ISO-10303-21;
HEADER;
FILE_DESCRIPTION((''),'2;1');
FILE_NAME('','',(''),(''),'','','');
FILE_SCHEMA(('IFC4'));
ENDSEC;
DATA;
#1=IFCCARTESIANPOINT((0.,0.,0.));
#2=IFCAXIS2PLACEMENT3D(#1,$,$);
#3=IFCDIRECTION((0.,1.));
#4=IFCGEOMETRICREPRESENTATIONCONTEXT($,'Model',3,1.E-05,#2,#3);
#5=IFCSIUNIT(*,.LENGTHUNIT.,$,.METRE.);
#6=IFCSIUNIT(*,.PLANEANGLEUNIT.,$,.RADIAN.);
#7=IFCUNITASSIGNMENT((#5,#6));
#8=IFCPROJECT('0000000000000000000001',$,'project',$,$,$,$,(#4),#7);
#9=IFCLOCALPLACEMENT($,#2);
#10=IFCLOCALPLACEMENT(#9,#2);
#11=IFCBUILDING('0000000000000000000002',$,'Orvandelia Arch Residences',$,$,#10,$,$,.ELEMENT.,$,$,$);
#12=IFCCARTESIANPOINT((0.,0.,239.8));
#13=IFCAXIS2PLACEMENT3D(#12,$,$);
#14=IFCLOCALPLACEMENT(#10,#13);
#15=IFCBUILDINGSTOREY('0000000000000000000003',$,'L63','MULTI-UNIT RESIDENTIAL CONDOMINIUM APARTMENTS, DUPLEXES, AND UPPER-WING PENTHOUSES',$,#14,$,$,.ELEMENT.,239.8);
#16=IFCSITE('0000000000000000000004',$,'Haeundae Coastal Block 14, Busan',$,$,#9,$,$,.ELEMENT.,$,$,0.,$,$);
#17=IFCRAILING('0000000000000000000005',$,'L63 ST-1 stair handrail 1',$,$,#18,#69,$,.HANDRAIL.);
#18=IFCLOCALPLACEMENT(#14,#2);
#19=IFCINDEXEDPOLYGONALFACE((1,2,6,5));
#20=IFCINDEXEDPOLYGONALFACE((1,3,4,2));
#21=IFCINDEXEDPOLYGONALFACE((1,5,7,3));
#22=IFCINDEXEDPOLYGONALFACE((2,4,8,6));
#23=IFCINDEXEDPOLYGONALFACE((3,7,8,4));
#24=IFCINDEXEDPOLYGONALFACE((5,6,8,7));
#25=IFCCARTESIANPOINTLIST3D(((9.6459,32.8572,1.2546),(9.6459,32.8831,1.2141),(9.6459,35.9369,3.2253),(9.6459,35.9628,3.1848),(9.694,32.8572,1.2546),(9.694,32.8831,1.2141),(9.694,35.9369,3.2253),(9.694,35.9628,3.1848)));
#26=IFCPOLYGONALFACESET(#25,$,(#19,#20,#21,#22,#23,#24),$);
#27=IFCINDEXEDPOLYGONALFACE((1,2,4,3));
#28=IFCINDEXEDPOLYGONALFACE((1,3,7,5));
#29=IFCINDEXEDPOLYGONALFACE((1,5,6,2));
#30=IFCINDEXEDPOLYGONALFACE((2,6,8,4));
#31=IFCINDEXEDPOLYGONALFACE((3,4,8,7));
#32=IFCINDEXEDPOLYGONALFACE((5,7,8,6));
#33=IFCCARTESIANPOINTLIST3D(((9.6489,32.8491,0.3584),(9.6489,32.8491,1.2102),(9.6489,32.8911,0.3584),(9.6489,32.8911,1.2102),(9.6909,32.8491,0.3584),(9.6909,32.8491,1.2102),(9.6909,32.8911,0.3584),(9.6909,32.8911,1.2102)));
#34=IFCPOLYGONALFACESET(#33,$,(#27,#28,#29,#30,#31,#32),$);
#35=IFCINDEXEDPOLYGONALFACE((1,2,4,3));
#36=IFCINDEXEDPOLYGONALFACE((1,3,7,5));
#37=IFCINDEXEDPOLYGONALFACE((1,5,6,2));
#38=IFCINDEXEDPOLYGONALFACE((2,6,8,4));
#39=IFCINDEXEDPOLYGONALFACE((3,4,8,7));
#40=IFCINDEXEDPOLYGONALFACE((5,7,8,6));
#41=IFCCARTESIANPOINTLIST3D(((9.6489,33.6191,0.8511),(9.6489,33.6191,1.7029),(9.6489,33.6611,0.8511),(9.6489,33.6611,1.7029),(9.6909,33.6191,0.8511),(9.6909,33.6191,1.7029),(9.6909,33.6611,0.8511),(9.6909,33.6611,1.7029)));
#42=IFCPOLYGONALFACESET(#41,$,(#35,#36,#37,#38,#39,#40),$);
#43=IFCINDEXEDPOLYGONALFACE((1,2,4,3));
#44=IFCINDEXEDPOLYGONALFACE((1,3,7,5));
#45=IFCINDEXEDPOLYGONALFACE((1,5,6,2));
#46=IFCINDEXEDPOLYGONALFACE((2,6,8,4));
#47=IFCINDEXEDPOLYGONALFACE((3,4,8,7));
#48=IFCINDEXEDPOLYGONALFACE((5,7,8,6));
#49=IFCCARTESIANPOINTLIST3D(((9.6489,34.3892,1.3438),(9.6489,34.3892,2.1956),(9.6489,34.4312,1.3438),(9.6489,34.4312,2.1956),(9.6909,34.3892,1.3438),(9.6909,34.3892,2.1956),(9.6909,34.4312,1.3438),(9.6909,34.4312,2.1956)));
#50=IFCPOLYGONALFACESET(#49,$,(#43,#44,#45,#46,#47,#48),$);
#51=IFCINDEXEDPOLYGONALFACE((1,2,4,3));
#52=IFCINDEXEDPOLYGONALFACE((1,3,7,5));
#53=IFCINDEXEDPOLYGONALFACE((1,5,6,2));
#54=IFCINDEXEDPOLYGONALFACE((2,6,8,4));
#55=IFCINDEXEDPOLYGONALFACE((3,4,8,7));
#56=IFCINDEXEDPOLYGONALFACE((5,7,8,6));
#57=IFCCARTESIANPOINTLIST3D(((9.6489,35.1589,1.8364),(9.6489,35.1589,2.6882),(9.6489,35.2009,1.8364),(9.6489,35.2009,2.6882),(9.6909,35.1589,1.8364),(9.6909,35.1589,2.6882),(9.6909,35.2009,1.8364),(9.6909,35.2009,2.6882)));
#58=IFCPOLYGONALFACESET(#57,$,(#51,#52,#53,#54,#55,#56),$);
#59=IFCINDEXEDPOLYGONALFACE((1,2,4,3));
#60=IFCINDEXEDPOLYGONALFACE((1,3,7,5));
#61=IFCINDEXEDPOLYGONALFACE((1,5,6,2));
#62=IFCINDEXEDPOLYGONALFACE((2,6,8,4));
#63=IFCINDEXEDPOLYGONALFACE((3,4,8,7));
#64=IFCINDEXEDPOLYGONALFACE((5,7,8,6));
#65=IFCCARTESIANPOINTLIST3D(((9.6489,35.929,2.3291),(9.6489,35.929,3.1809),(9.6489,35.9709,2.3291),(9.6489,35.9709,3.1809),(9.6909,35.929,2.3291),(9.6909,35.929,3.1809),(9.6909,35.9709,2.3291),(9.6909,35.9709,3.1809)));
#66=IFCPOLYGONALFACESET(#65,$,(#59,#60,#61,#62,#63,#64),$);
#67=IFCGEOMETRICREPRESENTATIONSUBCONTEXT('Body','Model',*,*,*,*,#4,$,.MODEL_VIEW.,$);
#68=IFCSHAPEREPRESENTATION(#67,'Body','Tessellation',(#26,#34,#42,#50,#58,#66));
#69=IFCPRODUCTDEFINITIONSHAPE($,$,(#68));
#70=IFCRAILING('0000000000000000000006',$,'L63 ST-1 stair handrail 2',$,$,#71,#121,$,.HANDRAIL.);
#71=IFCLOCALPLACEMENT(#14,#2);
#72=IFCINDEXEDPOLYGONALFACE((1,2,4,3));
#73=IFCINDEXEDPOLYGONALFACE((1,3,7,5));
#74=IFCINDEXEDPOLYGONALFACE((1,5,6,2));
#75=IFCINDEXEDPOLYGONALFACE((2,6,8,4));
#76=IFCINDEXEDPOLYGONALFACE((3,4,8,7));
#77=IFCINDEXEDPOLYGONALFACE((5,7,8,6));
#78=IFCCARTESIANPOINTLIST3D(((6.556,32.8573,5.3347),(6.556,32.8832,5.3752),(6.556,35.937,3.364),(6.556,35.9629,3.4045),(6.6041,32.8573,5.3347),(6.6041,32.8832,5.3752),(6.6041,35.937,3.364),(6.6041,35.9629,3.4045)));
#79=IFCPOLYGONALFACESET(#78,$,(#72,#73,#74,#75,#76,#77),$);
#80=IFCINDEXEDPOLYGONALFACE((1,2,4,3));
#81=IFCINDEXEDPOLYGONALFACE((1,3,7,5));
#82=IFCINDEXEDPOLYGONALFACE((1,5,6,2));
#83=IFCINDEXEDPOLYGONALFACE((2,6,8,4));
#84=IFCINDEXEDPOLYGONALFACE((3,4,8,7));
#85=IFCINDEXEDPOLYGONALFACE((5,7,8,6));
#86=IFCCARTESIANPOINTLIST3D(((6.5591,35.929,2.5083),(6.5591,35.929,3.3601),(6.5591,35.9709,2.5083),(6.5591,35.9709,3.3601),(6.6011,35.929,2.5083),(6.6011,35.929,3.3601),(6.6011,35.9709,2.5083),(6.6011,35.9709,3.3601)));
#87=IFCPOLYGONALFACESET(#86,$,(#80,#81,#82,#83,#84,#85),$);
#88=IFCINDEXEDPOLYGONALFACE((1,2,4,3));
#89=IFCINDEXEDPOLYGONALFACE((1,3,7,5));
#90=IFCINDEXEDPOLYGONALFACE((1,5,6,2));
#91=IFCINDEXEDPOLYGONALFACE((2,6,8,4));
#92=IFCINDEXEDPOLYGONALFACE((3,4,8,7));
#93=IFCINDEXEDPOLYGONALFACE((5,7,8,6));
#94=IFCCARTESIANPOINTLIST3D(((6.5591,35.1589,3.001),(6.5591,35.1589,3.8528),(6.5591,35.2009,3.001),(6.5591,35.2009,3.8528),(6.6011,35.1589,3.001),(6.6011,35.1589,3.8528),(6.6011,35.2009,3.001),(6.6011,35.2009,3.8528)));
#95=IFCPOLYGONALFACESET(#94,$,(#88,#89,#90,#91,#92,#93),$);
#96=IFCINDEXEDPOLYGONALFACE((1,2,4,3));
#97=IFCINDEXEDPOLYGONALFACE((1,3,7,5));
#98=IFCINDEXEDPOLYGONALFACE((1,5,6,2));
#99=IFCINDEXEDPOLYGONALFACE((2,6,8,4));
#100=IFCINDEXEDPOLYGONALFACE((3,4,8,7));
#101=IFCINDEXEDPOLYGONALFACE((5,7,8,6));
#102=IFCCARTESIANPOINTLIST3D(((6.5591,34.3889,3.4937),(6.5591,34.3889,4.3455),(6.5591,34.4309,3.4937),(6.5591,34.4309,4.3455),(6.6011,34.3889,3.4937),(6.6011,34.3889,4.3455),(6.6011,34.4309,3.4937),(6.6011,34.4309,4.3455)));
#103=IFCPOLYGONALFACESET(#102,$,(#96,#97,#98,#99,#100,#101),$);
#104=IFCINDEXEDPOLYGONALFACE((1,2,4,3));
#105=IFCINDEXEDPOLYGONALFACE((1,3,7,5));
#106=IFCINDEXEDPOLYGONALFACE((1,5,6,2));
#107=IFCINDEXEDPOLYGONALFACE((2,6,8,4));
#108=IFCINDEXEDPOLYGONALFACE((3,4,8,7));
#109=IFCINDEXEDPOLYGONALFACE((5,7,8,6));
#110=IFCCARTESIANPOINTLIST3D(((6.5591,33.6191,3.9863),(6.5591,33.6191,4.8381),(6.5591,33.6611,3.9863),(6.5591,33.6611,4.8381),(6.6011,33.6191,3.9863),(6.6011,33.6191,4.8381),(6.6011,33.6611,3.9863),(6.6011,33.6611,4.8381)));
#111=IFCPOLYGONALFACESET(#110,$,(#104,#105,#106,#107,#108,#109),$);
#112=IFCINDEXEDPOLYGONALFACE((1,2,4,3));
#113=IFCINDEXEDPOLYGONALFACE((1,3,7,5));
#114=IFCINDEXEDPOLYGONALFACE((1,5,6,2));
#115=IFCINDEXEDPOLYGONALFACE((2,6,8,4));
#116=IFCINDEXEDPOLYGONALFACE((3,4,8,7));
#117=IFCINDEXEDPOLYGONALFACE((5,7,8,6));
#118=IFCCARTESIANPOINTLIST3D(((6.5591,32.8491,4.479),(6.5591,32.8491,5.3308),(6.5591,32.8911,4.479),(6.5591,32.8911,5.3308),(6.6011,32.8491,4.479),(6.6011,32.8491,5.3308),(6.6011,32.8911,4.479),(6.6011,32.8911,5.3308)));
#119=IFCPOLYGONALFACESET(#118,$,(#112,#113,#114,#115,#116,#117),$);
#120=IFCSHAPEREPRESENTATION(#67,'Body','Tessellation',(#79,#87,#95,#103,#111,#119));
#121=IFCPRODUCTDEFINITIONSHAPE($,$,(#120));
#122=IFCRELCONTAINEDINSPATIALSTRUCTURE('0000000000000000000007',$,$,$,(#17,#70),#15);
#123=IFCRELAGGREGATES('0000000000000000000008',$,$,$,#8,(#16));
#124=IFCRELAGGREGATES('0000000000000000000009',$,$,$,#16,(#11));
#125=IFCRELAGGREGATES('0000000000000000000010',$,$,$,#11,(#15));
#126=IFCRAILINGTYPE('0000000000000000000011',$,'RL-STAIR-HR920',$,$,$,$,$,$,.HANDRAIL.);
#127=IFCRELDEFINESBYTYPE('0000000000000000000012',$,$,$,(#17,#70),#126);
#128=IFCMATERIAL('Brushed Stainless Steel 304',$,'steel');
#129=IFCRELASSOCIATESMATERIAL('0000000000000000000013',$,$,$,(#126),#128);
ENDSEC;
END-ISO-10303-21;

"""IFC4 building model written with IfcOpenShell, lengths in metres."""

from ifc_helpers import new_model, si_unit, direction, frame, origin, origin_2d, place, context, subcontext, project, spatial, rectangle, extrude, material, type_object, element, save


model = new_model("IFC4")

# Units and contexts
model_context = context("Model", 3, precision=1e-05, world=origin(), true_north=direction((0.0, 1.0)))
body_context = subcontext(model_context, "Body", "Model", "MODEL_VIEW")
ifc_project = project(units=[si_unit("LENGTHUNIT", "METRE"), si_unit("PLANEANGLEUNIT", "RADIAN")], contexts=[model_context])

# Site, building, storey
site_placement = place(None, origin())
site = spatial("IfcSite", under=ifc_project, at=site_placement, Name="Haeundae Coastal Block 14, Busan", CompositionType="ELEMENT", RefElevation=0.0)
building_placement = place(site_placement, origin())
building = spatial("IfcBuilding", under=site, at=building_placement, Name="Orvandelia Arch Residences", CompositionType="ELEMENT")
storey_placement = place(building_placement, frame((0.0, 0.0, 239.8)))
storey = spatial("IfcBuildingStorey", under=building, at=storey_placement, Name="L63", Description="MULTI-UNIT RESIDENTIAL CONDOMINIUM APARTMENTS, DUPLEXES, AND UPPER-WING PENTHOUSES", CompositionType="ELEMENT", Elevation=239.8)

# Railings
ifc_material_1 = material(Name="Brushed Stainless Steel 304", Category="steel")
railing_type_1 = type_object("IfcRailingType", Name="RL-STAIR-HR920", PredefinedType="HANDRAIL", material=ifc_material_1)
railing_1_placement = place(storey_placement, frame((9.6699, 32.8701, 0.3584)))
element("IfcRailing", 1, at=railing_1_placement, inside=storey, type_object=railing_type_1, Name="L63 ST-1 stair handrail 1", PredefinedType="HANDRAIL", context=body_context, shape_type="SweptSolid", body=[
    extrude(rectangle(XDim=0.0481, YDim=0.0481, at=origin_2d()), frame((0.0, 0.0, 0.876), z_axis=(0.0, 0.84232, 0.538978), x_axis=(-1.0, 0.0, 0.0)), (0.0, 0.0, 1.0), 3.6562),
    extrude(rectangle(XDim=0.042, YDim=0.042, at=origin_2d()), origin(), (0.0, 0.0, 1.0), 0.8518),
    extrude(rectangle(XDim=0.042, YDim=0.042, at=origin_2d()), frame((0.0, 0.77, 0.4927)), (0.0, 0.0, 1.0), 0.8518),
    extrude(rectangle(XDim=0.042, YDim=0.042, at=origin_2d()), frame((0.0, 1.54, 0.9854)), (0.0, 0.0, 1.0), 0.8518),
    extrude(rectangle(XDim=0.042, YDim=0.042, at=origin_2d()), frame((0.0, 2.3098, 1.478)), (0.0, 0.0, 1.0), 0.8518),
    extrude(rectangle(XDim=0.042, YDim=0.042, at=origin_2d()), frame((0.0, 3.0798, 1.9707)), (0.0, 0.0, 1.0), 0.8518),
])
railing_2_placement = place(storey_placement, frame((6.5801, 35.95, 2.5083)))
element("IfcRailing", 2, at=railing_2_placement, inside=storey, type_object=railing_type_1, Name="L63 ST-1 stair handrail 2", PredefinedType="HANDRAIL", context=body_context, shape_type="SweptSolid", body=[
    extrude(rectangle(XDim=0.0481, YDim=0.0481, at=origin_2d()), frame((0.0, 0.0, 0.876), z_axis=(0.0, -0.84232, 0.538978), x_axis=(1.0, 0.0, 0.0)), (0.0, 0.0, 1.0), 3.6562),
    extrude(rectangle(XDim=0.042, YDim=0.042, at=origin_2d()), origin(), (0.0, 0.0, 1.0), 0.8518),
    extrude(rectangle(XDim=0.042, YDim=0.042, at=origin_2d()), frame((0.0, -0.77, 0.4927)), (0.0, 0.0, 1.0), 0.8518),
    extrude(rectangle(XDim=0.042, YDim=0.042, at=origin_2d()), frame((0.0, -1.54, 0.9854)), (0.0, 0.0, 1.0), 0.8518),
    extrude(rectangle(XDim=0.042, YDim=0.042, at=origin_2d()), frame((0.0, -2.3098, 1.478)), (0.0, 0.0, 1.0), 0.8518),
    extrude(rectangle(XDim=0.042, YDim=0.042, at=origin_2d()), frame((0.0, -3.0798, 1.9707)), (0.0, 0.0, 1.0), 0.8518),
])

save(model, "model.ifc")
